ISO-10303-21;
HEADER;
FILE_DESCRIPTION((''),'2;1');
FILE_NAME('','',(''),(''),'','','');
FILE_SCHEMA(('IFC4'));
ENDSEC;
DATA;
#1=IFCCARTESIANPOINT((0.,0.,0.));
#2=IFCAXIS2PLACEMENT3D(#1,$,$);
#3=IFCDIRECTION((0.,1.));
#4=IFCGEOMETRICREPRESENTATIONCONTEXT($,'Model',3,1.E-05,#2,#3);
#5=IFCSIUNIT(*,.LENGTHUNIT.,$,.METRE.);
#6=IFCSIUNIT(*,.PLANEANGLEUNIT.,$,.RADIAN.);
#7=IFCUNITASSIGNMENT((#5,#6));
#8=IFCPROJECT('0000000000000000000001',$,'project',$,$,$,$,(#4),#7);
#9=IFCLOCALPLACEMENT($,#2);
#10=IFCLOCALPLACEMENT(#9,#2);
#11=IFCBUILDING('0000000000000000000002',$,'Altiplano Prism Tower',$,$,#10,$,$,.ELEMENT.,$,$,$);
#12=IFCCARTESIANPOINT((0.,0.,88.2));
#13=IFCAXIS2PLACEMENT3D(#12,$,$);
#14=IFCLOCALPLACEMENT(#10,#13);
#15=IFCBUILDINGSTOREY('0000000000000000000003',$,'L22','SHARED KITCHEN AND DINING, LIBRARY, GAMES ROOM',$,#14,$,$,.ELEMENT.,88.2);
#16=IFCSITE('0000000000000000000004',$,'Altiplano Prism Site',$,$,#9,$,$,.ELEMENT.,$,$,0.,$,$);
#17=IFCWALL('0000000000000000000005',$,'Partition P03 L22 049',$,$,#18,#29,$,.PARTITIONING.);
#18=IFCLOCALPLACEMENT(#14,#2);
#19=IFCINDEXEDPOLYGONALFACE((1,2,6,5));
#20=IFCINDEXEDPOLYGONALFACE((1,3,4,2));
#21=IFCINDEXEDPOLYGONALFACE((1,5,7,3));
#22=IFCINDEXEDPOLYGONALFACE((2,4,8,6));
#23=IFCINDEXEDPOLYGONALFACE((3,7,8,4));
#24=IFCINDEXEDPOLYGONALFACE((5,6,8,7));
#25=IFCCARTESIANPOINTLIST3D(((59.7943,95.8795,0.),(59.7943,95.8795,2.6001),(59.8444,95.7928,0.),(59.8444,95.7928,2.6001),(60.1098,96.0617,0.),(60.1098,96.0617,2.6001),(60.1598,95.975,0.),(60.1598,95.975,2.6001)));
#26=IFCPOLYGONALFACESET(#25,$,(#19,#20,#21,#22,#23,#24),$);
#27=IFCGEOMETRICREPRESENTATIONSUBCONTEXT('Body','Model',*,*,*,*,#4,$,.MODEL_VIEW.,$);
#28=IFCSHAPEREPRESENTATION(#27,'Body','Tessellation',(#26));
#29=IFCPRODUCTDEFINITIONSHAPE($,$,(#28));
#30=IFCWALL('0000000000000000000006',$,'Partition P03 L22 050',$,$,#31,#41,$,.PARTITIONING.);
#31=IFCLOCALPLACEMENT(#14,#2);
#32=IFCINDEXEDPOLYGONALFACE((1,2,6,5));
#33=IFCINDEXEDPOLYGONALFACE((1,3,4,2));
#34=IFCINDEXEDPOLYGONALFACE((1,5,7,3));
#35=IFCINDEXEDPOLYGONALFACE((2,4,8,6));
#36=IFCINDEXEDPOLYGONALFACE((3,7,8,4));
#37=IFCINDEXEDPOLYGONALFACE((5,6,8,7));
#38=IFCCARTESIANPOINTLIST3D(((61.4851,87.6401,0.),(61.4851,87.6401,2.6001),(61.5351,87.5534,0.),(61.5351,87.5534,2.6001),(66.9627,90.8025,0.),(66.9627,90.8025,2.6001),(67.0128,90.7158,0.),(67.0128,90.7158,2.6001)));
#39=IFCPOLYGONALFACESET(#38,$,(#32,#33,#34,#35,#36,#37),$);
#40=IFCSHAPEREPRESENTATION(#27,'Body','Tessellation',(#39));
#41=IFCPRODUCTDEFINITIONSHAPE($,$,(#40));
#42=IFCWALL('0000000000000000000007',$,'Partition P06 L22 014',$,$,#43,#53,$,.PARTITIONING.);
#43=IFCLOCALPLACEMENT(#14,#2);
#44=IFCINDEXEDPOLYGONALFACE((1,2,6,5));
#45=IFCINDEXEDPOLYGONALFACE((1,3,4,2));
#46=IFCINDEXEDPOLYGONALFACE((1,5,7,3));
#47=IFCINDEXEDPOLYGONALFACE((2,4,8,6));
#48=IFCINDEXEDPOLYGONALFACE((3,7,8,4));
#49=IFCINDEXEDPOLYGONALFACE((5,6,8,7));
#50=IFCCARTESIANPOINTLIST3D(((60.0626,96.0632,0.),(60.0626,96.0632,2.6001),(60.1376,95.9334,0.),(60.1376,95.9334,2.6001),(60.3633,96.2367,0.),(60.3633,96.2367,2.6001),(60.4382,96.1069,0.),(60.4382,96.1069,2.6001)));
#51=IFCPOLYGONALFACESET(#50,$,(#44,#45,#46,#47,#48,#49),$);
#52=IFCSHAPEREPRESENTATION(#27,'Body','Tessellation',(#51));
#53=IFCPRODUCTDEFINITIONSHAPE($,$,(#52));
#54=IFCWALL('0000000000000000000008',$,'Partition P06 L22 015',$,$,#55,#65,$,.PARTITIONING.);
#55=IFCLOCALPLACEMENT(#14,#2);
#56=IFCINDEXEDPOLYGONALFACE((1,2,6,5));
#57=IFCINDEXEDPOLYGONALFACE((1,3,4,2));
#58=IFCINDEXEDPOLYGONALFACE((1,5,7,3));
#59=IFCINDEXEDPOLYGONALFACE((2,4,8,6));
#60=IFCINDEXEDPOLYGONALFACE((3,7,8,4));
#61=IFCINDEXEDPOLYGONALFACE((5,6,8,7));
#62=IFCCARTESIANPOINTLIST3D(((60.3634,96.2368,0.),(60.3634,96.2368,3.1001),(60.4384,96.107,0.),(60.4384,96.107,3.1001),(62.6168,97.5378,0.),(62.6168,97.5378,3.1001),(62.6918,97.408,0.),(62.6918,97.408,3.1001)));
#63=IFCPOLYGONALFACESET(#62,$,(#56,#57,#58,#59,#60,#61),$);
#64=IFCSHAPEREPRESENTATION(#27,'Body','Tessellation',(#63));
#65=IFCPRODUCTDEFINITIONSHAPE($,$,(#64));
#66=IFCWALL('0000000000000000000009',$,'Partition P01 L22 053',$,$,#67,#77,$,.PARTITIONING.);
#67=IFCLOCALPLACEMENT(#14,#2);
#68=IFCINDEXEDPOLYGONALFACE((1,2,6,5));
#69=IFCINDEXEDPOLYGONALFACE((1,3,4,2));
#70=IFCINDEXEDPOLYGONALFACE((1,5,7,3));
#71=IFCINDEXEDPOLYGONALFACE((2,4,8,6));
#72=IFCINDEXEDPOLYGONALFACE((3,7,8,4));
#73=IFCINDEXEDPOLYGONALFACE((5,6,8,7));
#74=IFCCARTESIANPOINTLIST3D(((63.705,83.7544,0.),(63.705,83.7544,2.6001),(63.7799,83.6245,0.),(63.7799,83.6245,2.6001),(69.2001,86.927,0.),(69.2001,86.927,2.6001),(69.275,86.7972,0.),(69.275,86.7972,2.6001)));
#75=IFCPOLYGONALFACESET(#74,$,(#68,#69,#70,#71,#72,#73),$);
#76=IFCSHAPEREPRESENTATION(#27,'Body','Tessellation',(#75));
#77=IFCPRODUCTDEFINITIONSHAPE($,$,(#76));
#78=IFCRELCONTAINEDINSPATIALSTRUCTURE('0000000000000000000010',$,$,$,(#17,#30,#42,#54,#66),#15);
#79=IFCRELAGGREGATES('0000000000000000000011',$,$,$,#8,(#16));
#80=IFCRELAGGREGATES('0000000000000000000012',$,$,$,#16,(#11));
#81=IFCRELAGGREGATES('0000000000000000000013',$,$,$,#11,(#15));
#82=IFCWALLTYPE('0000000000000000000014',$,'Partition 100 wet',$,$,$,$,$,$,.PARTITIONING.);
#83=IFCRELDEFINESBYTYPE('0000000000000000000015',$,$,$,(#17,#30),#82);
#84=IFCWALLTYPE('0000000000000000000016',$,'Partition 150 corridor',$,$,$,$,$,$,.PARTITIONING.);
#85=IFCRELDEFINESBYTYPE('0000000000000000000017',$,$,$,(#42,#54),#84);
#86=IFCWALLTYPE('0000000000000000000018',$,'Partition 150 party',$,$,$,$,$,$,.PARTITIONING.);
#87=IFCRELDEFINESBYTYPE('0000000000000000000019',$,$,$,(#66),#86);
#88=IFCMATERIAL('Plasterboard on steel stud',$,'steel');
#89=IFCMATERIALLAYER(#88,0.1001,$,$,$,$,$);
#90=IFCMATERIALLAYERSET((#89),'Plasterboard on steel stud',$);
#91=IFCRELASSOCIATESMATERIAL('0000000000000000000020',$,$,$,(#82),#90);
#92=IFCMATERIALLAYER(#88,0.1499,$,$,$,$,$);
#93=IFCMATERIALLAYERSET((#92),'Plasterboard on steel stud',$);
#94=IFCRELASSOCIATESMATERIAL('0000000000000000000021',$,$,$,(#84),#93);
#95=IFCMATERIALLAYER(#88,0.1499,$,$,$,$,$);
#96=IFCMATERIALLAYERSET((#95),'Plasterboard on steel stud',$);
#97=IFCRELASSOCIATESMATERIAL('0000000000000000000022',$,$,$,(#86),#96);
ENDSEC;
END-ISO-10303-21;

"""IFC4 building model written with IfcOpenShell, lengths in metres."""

from ifc_helpers import new_model, si_unit, direction, frame, frame_2d, origin, place, context, subcontext, project, spatial, rectangle, extrude, material, layer, layer_set, type_object, element, save


model = new_model("IFC4")

# Units and contexts
model_context = context("Model", 3, precision=1e-05, world=origin(), true_north=direction((0.0, 1.0)))
body_context = subcontext(model_context, "Body", "Model", "MODEL_VIEW")
ifc_project = project(units=[si_unit("LENGTHUNIT", "METRE"), si_unit("PLANEANGLEUNIT", "RADIAN")], contexts=[model_context])

# Site, building, storey
site_placement = place(None, origin())
site = spatial("IfcSite", under=ifc_project, at=site_placement, Name="Altiplano Prism Site", CompositionType="ELEMENT", RefElevation=0.0)
building_placement = place(site_placement, origin())
building = spatial("IfcBuilding", under=site, at=building_placement, Name="Altiplano Prism Tower", CompositionType="ELEMENT")
storey_placement = place(building_placement, frame((0.0, 0.0, 88.2)))
storey = spatial("IfcBuildingStorey", under=building, at=storey_placement, Name="L22", Description="SHARED KITCHEN AND DINING, LIBRARY, GAMES ROOM", CompositionType="ELEMENT", Elevation=88.2)

# Walls
ifc_material_1 = material(Name="Plasterboard on steel stud", Category="steel")
ifc_layer_1 = layer(ifc_material_1, 0.1001)
ifc_layer_set_1 = layer_set([ifc_layer_1], Name="Plasterboard on steel stud")
wall_type_1 = type_object("IfcWallType", Name="Partition 100 wet", PredefinedType="PARTITIONING", material=ifc_layer_set_1)
wall_1_placement = place(storey_placement, frame((59.8193, 95.8362, 0.0), z_axis=(0.0, 0.0, 1.0), x_axis=(0.866007, 0.500032, 0.0)))
element("IfcWall", 1, at=wall_1_placement, inside=storey, type_object=wall_type_1, Name="Partition P03 L22 049", PredefinedType="PARTITIONING", context=body_context, shape_type="SweptSolid", body=[
    extrude(rectangle(XDim=0.3643, YDim=0.1001, at=frame_2d((0.1821, 0.0))), origin(), (0.0, 0.0, 1.0), 2.6001),
])
wall_2_placement = place(storey_placement, frame((61.51, 87.5967, 0.0), z_axis=(0.0, 0.0, 1.0), x_axis=(0.866033, 0.499988, 0.0)))
element("IfcWall", 2, at=wall_2_placement, inside=storey, type_object=wall_type_1, Name="Partition P03 L22 050", PredefinedType="PARTITIONING", context=body_context, shape_type="SweptSolid", body=[
    extrude(rectangle(XDim=6.325, YDim=0.1001, at=frame_2d((3.1626, 0.0))), origin(), (0.0, 0.0, 1.0), 2.6001),
])
ifc_layer_2 = layer(ifc_material_1, 0.1499)
ifc_layer_set_2 = layer_set([ifc_layer_2], Name="Plasterboard on steel stud")
wall_type_2 = type_object("IfcWallType", Name="Partition 150 corridor", PredefinedType="PARTITIONING", material=ifc_layer_set_2)
wall_3_placement = place(storey_placement, frame((60.1001, 95.9983, 0.0), z_axis=(0.0, 0.0, 1.0), x_axis=(0.866115, 0.499844, 0.0)))
element("IfcWall", 3, at=wall_3_placement, inside=storey, type_object=wall_type_2, Name="Partition P06 L22 014", PredefinedType="PARTITIONING", context=body_context, shape_type="SweptSolid", body=[
    extrude(rectangle(XDim=0.3472, YDim=0.1499, at=frame_2d((0.1736, 0.0))), origin(), (0.0, 0.0, 1.0), 2.6001),
])
wall_4_placement = place(storey_placement, frame((60.4009, 96.1719, 0.0), z_axis=(0.0, 0.0, 1.0), x_axis=(0.866023, 0.500004, 0.0)))
element("IfcWall", 4, at=wall_4_placement, inside=storey, type_object=wall_type_2, Name="Partition P06 L22 015", PredefinedType="PARTITIONING", context=body_context, shape_type="SweptSolid", body=[
    extrude(rectangle(XDim=2.6021, YDim=0.1499, at=frame_2d((1.301, 0.0))), origin(), (0.0, 0.0, 1.0), 3.1001),
])
ifc_layer_3 = layer(ifc_material_1, 0.1499)
ifc_layer_set_3 = layer_set([ifc_layer_3], Name="Plasterboard on steel stud")
wall_type_3 = type_object("IfcWallType", Name="Partition 150 party", PredefinedType="PARTITIONING", material=ifc_layer_set_3)
wall_5_placement = place(storey_placement, frame((63.7424, 83.6895, 0.0), z_axis=(0.0, 0.0, 1.0), x_axis=(0.866025, 0.5, 0.0)))
element("IfcWall", 5, at=wall_5_placement, inside=storey, type_object=wall_type_3, Name="Partition P01 L22 053", PredefinedType="PARTITIONING", context=body_context, shape_type="SweptSolid", body=[
    extrude(rectangle(XDim=6.3452, YDim=0.1499, at=frame_2d((3.1726, 0.0))), origin(), (0.0, 0.0, 1.0), 2.6001),
])

save(model, "model.ifc")
